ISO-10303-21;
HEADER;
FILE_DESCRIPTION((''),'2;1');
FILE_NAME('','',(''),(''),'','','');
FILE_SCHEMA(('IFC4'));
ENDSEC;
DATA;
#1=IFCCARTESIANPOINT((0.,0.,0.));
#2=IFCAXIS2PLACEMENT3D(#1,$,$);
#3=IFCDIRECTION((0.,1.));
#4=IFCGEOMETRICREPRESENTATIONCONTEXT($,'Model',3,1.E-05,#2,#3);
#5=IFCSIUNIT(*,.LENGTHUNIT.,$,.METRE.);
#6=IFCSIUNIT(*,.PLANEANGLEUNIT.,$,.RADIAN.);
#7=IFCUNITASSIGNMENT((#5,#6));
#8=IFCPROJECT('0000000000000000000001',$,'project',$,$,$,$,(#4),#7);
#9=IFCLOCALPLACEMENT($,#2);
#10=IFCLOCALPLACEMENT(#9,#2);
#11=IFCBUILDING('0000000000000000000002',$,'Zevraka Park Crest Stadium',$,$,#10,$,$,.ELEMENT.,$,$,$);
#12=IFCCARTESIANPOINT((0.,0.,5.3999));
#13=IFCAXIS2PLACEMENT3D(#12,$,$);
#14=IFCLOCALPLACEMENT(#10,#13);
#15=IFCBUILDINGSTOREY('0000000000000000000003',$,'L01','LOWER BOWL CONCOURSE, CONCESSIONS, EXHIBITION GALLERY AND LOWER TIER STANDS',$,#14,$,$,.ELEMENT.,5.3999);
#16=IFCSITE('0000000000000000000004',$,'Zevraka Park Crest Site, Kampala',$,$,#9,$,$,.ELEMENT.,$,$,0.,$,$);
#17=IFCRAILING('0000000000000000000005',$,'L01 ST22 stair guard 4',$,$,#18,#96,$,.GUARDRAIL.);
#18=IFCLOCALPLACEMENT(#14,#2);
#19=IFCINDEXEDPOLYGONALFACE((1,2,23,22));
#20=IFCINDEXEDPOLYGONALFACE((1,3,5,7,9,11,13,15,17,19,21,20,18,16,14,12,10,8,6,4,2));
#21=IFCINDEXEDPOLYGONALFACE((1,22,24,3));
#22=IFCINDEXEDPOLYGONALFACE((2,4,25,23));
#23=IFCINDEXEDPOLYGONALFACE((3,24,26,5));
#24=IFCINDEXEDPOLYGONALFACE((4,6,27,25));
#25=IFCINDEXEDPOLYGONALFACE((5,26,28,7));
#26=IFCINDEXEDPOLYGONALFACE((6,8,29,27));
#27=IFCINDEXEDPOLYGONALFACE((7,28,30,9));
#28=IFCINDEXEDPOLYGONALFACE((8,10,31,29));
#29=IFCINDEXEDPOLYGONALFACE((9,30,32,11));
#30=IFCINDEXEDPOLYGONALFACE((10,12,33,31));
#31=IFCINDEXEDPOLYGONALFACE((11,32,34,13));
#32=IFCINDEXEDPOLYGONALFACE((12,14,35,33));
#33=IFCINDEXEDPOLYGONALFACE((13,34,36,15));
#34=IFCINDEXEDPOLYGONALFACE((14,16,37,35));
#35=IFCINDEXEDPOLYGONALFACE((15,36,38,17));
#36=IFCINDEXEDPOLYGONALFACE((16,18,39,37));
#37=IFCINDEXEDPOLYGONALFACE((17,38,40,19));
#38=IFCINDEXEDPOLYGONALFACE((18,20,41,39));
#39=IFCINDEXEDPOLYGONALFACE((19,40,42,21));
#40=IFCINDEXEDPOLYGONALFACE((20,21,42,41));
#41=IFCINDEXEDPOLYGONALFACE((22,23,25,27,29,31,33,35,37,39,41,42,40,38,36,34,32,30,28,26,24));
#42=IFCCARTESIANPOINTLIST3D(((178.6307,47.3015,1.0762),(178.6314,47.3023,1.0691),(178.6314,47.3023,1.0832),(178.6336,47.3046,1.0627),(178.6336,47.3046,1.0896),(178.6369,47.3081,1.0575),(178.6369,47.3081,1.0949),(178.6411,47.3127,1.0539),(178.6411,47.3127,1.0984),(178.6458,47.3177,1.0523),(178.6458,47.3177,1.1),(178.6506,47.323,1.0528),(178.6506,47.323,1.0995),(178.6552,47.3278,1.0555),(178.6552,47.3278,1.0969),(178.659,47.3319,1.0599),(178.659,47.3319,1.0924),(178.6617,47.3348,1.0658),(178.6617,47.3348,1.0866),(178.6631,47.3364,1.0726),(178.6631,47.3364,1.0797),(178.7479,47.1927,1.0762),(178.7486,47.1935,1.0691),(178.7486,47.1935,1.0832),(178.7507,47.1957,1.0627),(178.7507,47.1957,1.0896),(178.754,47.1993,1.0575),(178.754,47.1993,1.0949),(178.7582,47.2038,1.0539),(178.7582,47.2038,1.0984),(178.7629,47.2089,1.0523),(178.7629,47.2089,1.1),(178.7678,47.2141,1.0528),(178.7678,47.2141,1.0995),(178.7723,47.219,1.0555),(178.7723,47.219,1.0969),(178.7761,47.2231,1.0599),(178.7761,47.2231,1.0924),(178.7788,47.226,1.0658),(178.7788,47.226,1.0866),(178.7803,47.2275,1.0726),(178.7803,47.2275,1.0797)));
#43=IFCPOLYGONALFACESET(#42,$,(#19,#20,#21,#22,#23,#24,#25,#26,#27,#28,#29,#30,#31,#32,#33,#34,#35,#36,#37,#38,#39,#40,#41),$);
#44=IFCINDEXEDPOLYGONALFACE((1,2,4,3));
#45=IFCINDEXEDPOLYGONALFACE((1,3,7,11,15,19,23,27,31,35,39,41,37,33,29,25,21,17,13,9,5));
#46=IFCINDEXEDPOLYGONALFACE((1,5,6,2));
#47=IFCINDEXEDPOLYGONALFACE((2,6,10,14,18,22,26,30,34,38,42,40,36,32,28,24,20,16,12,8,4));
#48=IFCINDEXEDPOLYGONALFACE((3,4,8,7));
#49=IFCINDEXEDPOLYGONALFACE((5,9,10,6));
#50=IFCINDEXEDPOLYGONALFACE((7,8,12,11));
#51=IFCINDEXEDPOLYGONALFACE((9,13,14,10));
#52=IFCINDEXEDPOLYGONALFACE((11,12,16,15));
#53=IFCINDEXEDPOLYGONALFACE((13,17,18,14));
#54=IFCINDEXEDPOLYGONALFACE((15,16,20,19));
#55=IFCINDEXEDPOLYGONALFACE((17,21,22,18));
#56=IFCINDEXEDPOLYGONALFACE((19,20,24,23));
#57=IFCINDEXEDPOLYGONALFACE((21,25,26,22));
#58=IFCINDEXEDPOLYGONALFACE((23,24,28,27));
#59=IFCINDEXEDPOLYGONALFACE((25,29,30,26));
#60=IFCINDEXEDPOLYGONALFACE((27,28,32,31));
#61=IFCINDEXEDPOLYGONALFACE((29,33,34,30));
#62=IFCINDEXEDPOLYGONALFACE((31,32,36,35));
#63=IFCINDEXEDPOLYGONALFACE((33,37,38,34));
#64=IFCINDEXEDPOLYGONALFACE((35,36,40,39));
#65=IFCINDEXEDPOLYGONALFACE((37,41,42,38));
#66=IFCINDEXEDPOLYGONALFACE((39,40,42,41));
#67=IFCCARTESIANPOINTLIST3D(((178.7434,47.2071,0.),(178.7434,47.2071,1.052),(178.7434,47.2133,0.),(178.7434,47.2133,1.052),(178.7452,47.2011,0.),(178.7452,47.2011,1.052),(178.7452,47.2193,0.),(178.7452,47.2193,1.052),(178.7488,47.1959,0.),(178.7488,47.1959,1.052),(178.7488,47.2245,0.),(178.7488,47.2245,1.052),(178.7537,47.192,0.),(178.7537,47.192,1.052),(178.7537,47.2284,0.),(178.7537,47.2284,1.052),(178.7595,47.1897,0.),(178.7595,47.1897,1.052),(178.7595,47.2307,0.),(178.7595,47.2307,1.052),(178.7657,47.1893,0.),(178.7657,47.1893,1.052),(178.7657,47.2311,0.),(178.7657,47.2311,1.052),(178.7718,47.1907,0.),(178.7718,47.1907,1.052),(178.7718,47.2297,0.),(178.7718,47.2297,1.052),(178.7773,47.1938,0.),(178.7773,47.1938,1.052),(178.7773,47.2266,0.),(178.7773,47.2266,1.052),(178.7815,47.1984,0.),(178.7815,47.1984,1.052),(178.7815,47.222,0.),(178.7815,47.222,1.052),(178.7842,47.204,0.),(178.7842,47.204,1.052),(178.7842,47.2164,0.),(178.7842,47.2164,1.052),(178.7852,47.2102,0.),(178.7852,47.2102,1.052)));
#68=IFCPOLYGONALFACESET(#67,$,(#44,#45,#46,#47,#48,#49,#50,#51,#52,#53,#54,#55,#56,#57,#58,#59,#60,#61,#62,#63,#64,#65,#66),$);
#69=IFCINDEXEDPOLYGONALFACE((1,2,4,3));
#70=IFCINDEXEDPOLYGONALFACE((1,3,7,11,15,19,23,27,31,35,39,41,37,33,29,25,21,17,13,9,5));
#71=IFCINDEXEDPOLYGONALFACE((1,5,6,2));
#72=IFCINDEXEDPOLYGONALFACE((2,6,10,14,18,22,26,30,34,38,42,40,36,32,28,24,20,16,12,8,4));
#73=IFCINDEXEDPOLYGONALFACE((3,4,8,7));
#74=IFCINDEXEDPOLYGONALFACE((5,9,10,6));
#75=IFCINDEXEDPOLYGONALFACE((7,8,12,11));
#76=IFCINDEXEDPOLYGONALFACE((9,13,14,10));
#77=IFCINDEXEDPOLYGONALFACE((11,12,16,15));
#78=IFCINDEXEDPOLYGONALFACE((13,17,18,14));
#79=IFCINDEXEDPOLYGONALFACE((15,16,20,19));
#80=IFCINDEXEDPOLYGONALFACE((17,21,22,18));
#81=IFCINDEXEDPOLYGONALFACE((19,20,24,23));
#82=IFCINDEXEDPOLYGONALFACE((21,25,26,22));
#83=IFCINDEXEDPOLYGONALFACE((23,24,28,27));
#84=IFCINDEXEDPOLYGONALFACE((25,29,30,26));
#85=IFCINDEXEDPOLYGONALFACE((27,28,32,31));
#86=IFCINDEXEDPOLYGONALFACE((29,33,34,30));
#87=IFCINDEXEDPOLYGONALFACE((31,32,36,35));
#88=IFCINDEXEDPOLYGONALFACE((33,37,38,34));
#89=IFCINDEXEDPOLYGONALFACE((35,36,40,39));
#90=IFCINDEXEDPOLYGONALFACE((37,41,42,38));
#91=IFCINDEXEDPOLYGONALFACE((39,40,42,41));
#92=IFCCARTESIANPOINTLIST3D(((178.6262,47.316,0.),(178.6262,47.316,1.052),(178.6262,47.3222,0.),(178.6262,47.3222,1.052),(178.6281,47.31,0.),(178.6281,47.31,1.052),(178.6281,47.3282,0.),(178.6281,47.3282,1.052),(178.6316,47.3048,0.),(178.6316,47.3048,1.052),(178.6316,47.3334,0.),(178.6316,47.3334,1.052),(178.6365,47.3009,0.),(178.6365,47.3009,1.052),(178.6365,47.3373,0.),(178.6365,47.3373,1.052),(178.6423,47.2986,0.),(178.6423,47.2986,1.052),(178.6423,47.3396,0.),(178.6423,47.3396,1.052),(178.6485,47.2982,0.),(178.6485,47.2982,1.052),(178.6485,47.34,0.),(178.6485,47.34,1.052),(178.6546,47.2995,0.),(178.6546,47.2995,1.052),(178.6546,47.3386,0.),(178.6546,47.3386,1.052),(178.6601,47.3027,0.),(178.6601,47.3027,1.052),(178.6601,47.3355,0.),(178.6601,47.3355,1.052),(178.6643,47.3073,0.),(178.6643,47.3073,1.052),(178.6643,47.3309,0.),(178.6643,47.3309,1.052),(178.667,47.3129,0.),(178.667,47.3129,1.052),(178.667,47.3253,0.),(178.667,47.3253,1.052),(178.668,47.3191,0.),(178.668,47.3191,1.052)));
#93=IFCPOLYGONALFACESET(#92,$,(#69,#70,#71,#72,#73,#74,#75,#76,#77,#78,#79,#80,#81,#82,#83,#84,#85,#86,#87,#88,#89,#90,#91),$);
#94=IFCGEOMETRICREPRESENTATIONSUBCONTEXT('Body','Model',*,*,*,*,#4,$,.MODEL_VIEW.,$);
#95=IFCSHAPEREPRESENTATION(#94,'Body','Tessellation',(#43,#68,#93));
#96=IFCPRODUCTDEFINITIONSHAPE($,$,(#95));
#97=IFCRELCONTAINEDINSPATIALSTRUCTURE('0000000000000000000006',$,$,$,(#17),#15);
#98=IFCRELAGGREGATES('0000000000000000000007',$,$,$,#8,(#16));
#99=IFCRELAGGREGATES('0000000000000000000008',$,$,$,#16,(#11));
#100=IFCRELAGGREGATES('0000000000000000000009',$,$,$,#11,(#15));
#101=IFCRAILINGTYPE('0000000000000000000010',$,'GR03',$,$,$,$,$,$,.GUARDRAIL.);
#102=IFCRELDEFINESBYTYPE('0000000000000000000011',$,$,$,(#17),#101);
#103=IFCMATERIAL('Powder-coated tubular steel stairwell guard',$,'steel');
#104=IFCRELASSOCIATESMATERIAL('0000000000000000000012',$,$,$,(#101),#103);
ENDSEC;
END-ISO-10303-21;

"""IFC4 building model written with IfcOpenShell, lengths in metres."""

from ifc_helpers import new_model, si_unit, direction, frame, origin, origin_2d, place, context, subcontext, project, spatial, circle, extrude, material, type_object, element, save


model = new_model("IFC4")

# Units and contexts
model_context = context("Model", 3, precision=1e-05, world=origin(), true_north=direction((0.0, 1.0)))
body_context = subcontext(model_context, "Body", "Model", "MODEL_VIEW")
ifc_project = project(units=[si_unit("LENGTHUNIT", "METRE"), si_unit("PLANEANGLEUNIT", "RADIAN")], contexts=[model_context])

# Site, building, storey
site_placement = place(None, origin())
site = spatial("IfcSite", under=ifc_project, at=site_placement, Name="Zevraka Park Crest Site, Kampala", CompositionType="ELEMENT", RefElevation=0.0)
building_placement = place(site_placement, origin())
building = spatial("IfcBuilding", under=site, at=building_placement, Name="Zevraka Park Crest Stadium", CompositionType="ELEMENT")
storey_placement = place(building_placement, frame((0.0, 0.0, 5.3999)))
storey = spatial("IfcBuildingStorey", under=building, at=storey_placement, Name="L01", Description="LOWER BOWL CONCOURSE, CONCESSIONS, EXHIBITION GALLERY AND LOWER TIER STANDS", CompositionType="ELEMENT", Elevation=5.3999)

# Railing
ifc_material_1 = material(Name="Powder-coated tubular steel stairwell guard", Category="steel")
railing_type_1 = type_object("IfcRailingType", Name="GR03", PredefinedType="GUARDRAIL", material=ifc_material_1)
railing_1_placement = place(storey_placement, frame((178.7642, 47.2102, 0.0)))
element("IfcRailing", 1, at=railing_1_placement, inside=storey, type_object=railing_type_1, Name="L01 ST22 stair guard 4", PredefinedType="GUARDRAIL", context=body_context, shape_type="SweptSolid", body=[
    extrude(circle(Radius=0.0239, at=origin_2d()), frame((0.0, 0.0, 1.0762), z_axis=(-0.732576, 0.680685, 0.0), x_axis=(-0.680685, -0.732576, 0.0)), (0.0, 0.0, 1.0), 0.1599),
    extrude(circle(Radius=0.021, at=origin_2d()), origin(), (0.0, 0.0, 1.0), 1.052),
    extrude(circle(Radius=0.021, at=origin_2d()), frame((-0.1172, 0.1089, 0.0)), (0.0, 0.0, 1.0), 1.052),
])

save(model, "model.ifc")
